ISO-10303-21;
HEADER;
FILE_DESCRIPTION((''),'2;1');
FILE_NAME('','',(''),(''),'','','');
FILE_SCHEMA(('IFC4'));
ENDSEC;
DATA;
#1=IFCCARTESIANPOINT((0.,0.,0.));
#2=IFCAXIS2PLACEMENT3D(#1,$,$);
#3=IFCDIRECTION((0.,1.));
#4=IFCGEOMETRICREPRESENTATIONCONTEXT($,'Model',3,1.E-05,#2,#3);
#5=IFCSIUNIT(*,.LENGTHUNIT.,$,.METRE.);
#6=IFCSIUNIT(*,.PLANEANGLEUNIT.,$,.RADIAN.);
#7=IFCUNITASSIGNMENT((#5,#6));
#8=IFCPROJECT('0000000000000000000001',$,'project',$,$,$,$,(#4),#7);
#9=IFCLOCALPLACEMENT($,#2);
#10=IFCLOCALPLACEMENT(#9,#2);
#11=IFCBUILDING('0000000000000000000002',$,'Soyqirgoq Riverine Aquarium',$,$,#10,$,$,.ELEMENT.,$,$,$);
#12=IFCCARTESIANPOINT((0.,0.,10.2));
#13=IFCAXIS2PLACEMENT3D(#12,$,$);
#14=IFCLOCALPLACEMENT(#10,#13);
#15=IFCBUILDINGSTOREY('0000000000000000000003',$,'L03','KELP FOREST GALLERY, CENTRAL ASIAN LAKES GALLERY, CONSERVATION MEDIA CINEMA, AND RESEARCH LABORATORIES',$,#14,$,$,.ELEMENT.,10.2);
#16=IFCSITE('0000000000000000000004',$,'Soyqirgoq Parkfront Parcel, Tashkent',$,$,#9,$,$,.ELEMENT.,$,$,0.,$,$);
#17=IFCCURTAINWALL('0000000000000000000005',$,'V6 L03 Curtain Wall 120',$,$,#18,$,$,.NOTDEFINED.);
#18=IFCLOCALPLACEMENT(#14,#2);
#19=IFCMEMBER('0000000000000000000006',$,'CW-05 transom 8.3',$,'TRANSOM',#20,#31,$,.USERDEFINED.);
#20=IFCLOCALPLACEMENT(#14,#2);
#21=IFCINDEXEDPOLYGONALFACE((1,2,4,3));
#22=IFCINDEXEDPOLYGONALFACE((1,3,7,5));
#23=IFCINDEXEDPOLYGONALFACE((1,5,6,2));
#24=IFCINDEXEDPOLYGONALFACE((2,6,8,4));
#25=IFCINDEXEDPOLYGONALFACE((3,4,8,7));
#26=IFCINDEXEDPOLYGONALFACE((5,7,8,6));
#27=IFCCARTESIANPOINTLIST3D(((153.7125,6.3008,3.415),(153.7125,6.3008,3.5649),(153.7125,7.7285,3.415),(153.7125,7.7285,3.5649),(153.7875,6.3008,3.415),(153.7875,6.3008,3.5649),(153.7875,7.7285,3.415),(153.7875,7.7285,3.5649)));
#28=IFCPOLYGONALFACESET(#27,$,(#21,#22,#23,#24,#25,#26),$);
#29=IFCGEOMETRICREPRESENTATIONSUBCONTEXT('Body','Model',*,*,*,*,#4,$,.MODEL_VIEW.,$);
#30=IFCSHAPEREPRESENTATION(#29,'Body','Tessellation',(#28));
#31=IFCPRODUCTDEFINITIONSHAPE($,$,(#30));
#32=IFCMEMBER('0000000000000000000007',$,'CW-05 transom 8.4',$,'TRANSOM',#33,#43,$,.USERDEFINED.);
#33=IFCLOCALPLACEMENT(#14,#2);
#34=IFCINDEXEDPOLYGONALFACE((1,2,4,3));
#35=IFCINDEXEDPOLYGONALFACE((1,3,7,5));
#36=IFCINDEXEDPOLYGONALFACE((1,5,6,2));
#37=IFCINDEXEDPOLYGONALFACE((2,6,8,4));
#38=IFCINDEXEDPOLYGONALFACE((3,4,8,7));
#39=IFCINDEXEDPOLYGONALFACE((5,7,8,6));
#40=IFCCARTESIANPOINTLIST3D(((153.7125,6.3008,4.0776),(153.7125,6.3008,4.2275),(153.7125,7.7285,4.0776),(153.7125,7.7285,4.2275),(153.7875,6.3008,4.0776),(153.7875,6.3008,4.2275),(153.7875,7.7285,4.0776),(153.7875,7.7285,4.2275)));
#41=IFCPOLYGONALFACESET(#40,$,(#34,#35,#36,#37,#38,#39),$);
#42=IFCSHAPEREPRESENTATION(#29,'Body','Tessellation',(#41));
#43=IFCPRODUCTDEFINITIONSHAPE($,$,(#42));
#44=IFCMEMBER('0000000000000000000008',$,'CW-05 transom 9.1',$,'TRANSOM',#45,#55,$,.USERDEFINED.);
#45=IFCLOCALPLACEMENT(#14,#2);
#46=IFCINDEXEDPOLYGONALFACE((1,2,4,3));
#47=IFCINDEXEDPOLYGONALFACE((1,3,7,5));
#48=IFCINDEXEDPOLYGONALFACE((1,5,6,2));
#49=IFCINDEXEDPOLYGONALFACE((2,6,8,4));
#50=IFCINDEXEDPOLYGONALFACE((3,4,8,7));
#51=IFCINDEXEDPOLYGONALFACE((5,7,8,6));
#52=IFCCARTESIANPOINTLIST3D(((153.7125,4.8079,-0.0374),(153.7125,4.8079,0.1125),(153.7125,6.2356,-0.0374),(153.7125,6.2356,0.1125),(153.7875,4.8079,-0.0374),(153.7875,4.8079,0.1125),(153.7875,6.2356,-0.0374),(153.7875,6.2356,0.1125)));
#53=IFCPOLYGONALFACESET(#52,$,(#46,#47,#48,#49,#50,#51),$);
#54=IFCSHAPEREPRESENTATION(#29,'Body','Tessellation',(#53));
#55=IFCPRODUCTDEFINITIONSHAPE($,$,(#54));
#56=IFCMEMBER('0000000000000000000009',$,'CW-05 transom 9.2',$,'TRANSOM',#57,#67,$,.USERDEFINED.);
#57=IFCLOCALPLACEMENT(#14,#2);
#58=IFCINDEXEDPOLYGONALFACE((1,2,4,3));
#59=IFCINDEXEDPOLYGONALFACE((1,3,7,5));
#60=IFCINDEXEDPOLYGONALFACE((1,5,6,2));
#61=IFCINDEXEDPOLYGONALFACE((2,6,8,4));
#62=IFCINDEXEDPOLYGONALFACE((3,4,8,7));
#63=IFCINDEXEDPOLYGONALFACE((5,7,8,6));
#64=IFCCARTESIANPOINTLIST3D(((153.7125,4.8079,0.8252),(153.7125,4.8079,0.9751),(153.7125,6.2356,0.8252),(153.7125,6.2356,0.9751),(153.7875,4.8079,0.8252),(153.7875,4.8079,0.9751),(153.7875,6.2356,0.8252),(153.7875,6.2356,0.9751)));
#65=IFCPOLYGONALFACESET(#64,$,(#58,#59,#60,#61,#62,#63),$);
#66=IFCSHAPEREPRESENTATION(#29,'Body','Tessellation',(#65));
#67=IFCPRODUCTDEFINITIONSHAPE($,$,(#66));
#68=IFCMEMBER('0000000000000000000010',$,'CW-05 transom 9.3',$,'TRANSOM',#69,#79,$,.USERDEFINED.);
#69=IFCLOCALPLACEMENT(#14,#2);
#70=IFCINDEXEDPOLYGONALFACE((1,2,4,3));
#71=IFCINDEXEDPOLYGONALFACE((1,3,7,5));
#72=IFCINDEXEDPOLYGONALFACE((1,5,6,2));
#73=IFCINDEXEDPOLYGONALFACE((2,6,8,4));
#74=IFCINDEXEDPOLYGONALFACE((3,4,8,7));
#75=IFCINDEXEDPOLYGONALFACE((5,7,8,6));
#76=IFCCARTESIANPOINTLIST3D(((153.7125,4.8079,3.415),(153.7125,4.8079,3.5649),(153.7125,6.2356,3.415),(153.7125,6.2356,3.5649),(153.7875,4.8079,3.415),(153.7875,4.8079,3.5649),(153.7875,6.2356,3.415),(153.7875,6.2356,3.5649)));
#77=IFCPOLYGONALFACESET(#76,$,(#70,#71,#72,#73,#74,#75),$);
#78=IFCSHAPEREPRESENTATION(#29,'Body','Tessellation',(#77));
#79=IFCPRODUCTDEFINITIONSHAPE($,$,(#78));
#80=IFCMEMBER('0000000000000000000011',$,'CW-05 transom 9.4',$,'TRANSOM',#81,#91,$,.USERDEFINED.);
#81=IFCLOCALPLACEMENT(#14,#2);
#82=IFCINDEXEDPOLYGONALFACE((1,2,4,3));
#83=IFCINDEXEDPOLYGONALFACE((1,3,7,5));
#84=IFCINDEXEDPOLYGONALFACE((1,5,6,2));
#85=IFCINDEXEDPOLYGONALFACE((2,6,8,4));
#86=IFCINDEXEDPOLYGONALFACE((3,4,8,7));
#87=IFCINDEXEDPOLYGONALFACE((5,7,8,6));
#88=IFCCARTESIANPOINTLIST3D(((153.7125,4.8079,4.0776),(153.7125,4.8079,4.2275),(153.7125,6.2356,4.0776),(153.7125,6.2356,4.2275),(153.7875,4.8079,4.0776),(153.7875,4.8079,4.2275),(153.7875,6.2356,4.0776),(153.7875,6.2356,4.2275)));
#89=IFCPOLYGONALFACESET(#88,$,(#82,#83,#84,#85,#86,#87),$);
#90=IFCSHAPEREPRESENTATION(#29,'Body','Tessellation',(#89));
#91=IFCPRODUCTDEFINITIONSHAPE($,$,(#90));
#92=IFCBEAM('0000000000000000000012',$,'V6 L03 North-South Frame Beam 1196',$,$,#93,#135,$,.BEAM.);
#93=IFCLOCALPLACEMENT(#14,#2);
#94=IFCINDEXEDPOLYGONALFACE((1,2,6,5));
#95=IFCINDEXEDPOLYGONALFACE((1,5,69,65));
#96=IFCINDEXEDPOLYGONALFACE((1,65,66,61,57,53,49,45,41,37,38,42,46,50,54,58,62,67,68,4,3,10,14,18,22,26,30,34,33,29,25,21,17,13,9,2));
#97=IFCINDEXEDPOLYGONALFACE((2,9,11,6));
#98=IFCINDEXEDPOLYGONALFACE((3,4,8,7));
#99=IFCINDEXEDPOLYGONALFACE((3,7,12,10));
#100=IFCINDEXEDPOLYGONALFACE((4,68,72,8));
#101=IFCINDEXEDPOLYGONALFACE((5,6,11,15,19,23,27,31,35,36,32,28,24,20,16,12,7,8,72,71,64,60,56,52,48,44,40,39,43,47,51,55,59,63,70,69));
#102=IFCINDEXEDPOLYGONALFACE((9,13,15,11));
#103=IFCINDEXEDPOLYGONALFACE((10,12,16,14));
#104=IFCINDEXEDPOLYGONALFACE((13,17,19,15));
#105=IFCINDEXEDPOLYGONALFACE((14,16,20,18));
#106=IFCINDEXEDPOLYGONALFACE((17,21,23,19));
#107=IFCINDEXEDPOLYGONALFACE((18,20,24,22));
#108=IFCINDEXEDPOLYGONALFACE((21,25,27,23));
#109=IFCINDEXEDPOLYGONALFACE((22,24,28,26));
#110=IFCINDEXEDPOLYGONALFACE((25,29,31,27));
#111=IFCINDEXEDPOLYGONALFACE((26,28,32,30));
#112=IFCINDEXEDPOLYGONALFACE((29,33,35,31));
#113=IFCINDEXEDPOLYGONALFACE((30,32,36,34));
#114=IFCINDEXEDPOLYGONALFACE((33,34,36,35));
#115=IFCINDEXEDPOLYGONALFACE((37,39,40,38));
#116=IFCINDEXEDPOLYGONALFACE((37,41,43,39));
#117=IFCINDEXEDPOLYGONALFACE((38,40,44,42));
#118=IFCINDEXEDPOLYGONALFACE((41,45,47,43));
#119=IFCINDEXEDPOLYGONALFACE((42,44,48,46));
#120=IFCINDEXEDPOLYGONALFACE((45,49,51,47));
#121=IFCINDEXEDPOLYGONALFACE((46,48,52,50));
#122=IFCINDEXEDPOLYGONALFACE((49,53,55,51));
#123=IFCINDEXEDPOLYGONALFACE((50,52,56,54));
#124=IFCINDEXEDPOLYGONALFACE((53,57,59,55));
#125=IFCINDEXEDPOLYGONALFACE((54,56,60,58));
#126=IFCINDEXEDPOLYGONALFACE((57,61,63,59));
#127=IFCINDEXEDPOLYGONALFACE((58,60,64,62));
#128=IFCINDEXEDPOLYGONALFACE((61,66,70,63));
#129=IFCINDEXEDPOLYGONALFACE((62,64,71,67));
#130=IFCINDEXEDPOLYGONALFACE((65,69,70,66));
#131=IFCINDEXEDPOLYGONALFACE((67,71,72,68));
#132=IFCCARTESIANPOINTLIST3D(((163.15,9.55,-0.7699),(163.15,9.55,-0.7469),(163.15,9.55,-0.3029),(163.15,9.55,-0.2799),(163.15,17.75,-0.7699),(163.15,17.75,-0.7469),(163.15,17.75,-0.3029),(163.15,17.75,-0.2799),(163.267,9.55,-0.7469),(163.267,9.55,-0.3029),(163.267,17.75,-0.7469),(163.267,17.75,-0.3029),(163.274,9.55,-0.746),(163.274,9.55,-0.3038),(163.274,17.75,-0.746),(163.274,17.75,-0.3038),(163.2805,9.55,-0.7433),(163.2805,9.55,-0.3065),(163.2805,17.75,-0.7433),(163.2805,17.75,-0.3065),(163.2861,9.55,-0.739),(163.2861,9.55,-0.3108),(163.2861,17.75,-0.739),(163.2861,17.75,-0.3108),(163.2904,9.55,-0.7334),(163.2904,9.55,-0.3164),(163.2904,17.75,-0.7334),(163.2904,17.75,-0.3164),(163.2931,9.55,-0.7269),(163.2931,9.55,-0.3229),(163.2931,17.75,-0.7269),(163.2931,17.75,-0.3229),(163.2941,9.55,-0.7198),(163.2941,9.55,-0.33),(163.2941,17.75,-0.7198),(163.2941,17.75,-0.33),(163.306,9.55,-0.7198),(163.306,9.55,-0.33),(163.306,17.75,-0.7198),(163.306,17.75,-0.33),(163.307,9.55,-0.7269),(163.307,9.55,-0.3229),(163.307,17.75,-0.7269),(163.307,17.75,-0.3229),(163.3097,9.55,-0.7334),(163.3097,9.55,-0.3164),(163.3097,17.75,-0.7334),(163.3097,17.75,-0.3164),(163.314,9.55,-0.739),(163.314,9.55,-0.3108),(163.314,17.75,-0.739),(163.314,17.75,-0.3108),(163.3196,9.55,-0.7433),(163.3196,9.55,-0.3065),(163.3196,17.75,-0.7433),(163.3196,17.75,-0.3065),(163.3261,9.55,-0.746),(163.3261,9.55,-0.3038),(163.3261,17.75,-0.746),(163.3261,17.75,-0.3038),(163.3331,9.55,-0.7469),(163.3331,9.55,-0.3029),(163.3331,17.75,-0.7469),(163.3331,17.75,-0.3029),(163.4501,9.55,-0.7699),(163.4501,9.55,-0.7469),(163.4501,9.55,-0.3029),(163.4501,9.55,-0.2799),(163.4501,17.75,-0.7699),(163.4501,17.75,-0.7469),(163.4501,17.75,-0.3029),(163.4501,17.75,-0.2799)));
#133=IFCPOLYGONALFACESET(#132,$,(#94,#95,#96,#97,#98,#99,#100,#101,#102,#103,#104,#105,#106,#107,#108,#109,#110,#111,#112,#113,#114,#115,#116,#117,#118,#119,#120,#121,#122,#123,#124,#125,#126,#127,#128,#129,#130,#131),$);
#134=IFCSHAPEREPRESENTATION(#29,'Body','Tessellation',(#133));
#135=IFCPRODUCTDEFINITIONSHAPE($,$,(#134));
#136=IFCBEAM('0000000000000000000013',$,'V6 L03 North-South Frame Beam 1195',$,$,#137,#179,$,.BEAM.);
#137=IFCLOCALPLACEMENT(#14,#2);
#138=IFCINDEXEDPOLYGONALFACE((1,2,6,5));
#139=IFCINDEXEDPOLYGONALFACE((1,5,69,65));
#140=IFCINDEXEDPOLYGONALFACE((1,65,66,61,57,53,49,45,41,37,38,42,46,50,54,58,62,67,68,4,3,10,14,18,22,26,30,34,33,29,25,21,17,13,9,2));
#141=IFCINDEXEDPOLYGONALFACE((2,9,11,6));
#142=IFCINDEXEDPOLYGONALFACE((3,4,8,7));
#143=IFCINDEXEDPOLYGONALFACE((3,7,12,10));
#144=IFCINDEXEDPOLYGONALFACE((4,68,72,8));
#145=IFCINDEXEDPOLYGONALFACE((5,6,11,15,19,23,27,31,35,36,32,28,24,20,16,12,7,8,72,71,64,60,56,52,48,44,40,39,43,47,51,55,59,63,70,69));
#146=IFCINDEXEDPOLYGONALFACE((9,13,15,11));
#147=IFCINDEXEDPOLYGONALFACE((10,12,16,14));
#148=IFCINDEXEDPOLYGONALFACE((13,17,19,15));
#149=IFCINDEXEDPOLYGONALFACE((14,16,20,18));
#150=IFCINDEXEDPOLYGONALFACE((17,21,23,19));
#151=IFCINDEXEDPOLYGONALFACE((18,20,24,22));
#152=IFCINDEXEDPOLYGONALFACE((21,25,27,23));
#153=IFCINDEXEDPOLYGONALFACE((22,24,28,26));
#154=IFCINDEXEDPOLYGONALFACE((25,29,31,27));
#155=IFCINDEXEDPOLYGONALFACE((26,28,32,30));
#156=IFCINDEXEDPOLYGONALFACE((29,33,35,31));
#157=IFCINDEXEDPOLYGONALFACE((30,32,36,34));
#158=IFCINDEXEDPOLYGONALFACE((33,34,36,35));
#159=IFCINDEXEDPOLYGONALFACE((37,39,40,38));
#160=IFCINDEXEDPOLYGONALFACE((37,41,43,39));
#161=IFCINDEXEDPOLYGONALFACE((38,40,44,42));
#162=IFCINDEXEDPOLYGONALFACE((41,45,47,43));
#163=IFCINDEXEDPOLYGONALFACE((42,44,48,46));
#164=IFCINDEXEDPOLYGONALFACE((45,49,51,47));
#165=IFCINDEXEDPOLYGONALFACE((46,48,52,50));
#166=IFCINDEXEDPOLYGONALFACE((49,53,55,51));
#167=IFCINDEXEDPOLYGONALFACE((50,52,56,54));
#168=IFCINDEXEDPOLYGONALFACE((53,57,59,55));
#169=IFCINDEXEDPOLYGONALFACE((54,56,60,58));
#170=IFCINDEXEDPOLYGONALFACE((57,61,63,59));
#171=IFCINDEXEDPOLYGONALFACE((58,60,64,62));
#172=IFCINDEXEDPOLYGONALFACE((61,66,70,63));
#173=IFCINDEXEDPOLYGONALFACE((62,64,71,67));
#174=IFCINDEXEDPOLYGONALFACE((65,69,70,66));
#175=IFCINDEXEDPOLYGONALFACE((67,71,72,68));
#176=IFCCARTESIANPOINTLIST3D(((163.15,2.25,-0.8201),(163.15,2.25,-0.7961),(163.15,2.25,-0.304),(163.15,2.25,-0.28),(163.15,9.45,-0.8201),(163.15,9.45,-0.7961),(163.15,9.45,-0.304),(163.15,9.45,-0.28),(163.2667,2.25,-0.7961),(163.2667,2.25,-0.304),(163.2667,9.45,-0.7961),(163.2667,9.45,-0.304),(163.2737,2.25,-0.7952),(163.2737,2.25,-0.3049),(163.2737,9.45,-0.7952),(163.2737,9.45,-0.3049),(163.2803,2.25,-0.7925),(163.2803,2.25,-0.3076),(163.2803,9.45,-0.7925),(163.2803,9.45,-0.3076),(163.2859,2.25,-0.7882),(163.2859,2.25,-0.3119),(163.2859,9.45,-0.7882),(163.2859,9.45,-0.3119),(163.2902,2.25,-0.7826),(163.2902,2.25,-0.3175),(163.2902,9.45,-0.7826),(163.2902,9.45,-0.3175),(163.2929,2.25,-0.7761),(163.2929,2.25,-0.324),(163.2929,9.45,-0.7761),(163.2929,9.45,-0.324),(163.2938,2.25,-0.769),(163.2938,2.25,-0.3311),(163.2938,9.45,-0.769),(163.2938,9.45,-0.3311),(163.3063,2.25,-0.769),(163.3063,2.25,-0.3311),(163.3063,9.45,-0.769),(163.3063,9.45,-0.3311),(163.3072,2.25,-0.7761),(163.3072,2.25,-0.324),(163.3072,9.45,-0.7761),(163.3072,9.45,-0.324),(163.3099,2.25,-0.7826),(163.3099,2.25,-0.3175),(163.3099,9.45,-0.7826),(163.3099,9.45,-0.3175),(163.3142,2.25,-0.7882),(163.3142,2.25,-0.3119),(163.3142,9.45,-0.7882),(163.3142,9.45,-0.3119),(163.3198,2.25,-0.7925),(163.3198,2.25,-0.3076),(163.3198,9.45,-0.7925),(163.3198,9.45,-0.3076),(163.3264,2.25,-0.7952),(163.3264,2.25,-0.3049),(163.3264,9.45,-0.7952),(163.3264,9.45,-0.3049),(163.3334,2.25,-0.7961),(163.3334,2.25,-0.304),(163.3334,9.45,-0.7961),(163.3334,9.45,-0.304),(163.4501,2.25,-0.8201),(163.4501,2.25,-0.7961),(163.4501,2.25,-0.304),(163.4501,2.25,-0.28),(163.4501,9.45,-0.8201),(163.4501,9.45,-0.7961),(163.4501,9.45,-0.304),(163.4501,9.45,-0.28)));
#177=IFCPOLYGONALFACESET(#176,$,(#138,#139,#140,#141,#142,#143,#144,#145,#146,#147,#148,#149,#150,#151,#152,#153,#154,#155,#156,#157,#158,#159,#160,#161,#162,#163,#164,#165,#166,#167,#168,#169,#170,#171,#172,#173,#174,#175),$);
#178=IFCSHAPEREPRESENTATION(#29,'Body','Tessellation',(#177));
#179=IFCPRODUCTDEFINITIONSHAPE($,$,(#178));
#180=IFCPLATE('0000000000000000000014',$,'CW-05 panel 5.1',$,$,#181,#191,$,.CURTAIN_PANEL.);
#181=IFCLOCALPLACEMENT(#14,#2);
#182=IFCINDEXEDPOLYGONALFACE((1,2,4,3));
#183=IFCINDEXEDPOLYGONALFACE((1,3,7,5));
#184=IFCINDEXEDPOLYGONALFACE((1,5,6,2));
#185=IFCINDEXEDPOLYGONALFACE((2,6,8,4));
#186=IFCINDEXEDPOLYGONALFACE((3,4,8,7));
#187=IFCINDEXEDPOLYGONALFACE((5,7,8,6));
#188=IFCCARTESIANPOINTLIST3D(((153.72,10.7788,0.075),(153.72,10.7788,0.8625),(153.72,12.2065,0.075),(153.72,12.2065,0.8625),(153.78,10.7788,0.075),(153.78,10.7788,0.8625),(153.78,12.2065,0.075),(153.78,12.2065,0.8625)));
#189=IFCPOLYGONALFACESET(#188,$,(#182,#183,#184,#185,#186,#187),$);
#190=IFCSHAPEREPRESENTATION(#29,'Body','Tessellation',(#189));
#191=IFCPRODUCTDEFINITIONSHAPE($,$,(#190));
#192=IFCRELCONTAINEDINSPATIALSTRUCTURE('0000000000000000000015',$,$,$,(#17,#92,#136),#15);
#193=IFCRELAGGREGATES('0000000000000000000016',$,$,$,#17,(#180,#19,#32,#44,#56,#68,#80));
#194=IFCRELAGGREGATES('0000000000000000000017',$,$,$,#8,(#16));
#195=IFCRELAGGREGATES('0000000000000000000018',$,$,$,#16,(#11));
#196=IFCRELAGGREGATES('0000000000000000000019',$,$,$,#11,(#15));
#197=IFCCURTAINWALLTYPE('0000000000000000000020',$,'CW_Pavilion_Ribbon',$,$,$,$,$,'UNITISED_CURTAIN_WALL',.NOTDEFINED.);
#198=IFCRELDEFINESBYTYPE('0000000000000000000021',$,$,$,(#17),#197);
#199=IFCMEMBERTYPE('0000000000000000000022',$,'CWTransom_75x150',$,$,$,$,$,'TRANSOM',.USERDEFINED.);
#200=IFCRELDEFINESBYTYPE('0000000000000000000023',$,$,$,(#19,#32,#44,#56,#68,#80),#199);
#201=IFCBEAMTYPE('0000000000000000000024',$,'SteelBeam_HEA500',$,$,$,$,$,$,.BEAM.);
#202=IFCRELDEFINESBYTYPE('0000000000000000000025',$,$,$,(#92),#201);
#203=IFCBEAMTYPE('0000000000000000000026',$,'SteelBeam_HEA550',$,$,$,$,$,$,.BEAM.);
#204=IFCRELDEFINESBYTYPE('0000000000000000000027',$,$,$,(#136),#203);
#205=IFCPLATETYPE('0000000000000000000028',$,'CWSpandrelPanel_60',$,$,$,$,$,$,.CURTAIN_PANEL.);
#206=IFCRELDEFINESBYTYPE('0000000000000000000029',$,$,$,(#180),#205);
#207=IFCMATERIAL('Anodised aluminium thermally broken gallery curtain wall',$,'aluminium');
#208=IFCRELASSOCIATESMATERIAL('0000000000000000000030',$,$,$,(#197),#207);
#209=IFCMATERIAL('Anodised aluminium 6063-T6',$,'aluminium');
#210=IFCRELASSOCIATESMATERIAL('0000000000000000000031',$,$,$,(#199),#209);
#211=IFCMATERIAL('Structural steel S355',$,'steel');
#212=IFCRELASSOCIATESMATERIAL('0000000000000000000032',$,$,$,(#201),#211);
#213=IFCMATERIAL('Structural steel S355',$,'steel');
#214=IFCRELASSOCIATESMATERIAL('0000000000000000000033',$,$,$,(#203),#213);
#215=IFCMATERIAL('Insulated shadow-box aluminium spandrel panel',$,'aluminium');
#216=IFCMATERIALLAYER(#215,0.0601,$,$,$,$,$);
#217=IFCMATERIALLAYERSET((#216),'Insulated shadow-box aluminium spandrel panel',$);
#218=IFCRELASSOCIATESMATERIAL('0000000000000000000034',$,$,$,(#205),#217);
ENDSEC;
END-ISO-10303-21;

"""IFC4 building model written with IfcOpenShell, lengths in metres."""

from ifc_helpers import new_model, si_unit, direction, frame, origin, origin_2d, place, context, subcontext, project, spatial, rectangle, i_section, extrude, material, layer, layer_set, material_profile, profile_set, type_object, element, aggregate, save


model = new_model("IFC4")

# Units and contexts
model_context = context("Model", 3, precision=1e-05, world=origin(), true_north=direction((0.0, 1.0)))
body_context = subcontext(model_context, "Body", "Model", "MODEL_VIEW")
ifc_project = project(units=[si_unit("LENGTHUNIT", "METRE"), si_unit("PLANEANGLEUNIT", "RADIAN")], contexts=[model_context])

# Site, building, storey
site_placement = place(None, origin())
site = spatial("IfcSite", under=ifc_project, at=site_placement, Name="Soyqirgoq Parkfront Parcel, Tashkent", CompositionType="ELEMENT", RefElevation=0.0)
building_placement = place(site_placement, origin())
building = spatial("IfcBuilding", under=site, at=building_placement, Name="Soyqirgoq Riverine Aquarium", CompositionType="ELEMENT")
storey_placement = place(building_placement, frame((0.0, 0.0, 10.2)))
storey = spatial("IfcBuildingStorey", under=building, at=storey_placement, Name="L03", Description="KELP FOREST GALLERY, CENTRAL ASIAN LAKES GALLERY, CONSERVATION MEDIA CINEMA, AND RESEARCH LABORATORIES", CompositionType="ELEMENT", Elevation=10.2)

# Curtain wall, members
ifc_material_1 = material(Name="Anodised aluminium thermally broken gallery curtain wall", Category="aluminium")
curtain_wall_type = type_object("IfcCurtainWallType", Name="CW_Pavilion_Ribbon", ElementType="UNITISED_CURTAIN_WALL", PredefinedType="NOTDEFINED", material=ifc_material_1)
curtain_wall_placement = place(storey_placement, origin())
curtain_wall = element("IfcCurtainWall", 1, at=curtain_wall_placement, inside=storey, type_object=curtain_wall_type, Name="V6 L03 Curtain Wall 120", PredefinedType="NOTDEFINED")
ifc_material_2 = material(Name="Anodised aluminium 6063-T6", Category="aluminium")
ifc_material_profile_1 = material_profile(ifc_material_2, rectangle(XDim=0.075, YDim=0.1499, at=origin_2d()), Name="ALU-T 75x150")
ifc_profile_set_1 = profile_set([ifc_material_profile_1], Name="Anodised aluminium 6063-T6")
member_type_1 = type_object("IfcMemberType", Name="CWTransom_75x150", ElementType="TRANSOM", PredefinedType="USERDEFINED", material=ifc_profile_set_1)
member_1_placement = place(storey_placement, frame((153.75, 7.7285, 3.49), z_axis=(0.0, -1.0, 0.0), x_axis=(1.0, 0.0, 0.0)))
member_1 = element("IfcMember", 2, at=member_1_placement, type_object=member_type_1, Name="CW-05 transom 8.3", ObjectType="TRANSOM", PredefinedType="USERDEFINED", context=body_context, shape_type="SweptSolid", body=[
    extrude(rectangle(XDim=0.075, YDim=0.1499, at=origin_2d()), origin(), (0.0, 0.0, 1.0), 1.4277),
])
member_2_placement = place(storey_placement, frame((153.75, 7.7285, 4.1526), z_axis=(0.0, -1.0, 0.0), x_axis=(1.0, 0.0, 0.0)))
member_2 = element("IfcMember", 3, at=member_2_placement, type_object=member_type_1, Name="CW-05 transom 8.4", ObjectType="TRANSOM", PredefinedType="USERDEFINED", context=body_context, shape_type="SweptSolid", body=[
    extrude(rectangle(XDim=0.075, YDim=0.1499, at=origin_2d()), origin(), (0.0, 0.0, 1.0), 1.4277),
])
member_3_placement = place(storey_placement, frame((153.75, 6.2356, 0.0376), z_axis=(0.0, -1.0, 0.0), x_axis=(1.0, 0.0, 0.0)))
member_3 = element("IfcMember", 4, at=member_3_placement, type_object=member_type_1, Name="CW-05 transom 9.1", ObjectType="TRANSOM", PredefinedType="USERDEFINED", context=body_context, shape_type="SweptSolid", body=[
    extrude(rectangle(XDim=0.075, YDim=0.1499, at=origin_2d()), origin(), (0.0, 0.0, 1.0), 1.4277),
])
member_4_placement = place(storey_placement, frame((153.75, 6.2356, 0.9001), z_axis=(0.0, -1.0, 0.0), x_axis=(1.0, 0.0, 0.0)))
member_4 = element("IfcMember", 5, at=member_4_placement, type_object=member_type_1, Name="CW-05 transom 9.2", ObjectType="TRANSOM", PredefinedType="USERDEFINED", context=body_context, shape_type="SweptSolid", body=[
    extrude(rectangle(XDim=0.075, YDim=0.1499, at=origin_2d()), origin(), (0.0, 0.0, 1.0), 1.4277),
])
member_5_placement = place(storey_placement, frame((153.75, 6.2356, 3.49), z_axis=(0.0, -1.0, 0.0), x_axis=(1.0, 0.0, 0.0)))
member_5 = element("IfcMember", 6, at=member_5_placement, type_object=member_type_1, Name="CW-05 transom 9.3", ObjectType="TRANSOM", PredefinedType="USERDEFINED", context=body_context, shape_type="SweptSolid", body=[
    extrude(rectangle(XDim=0.075, YDim=0.1499, at=origin_2d()), origin(), (0.0, 0.0, 1.0), 1.4277),
])
member_6_placement = place(storey_placement, frame((153.75, 6.2356, 4.1526), z_axis=(0.0, -1.0, 0.0), x_axis=(1.0, 0.0, 0.0)))
member_6 = element("IfcMember", 7, at=member_6_placement, type_object=member_type_1, Name="CW-05 transom 9.4", ObjectType="TRANSOM", PredefinedType="USERDEFINED", context=body_context, shape_type="SweptSolid", body=[
    extrude(rectangle(XDim=0.075, YDim=0.1499, at=origin_2d()), origin(), (0.0, 0.0, 1.0), 1.4277),
])

# Beams
ifc_material_3 = material(Name="Structural steel S355", Category="steel")
ifc_material_profile_2 = material_profile(ifc_material_3, i_section(OverallWidth=0.3, OverallDepth=0.49, WebThickness=0.012, FlangeThickness=0.0229, FilletRadius=0.0271, at=origin_2d()), Name="HEA 500")
ifc_profile_set_2 = profile_set([ifc_material_profile_2], Name="Structural steel S355")
beam_type_1 = type_object("IfcBeamType", Name="SteelBeam_HEA500", PredefinedType="BEAM", material=ifc_profile_set_2)
beam_1_placement = place(storey_placement, frame((163.3, 9.55, -0.5249), z_axis=(0.0, 1.0, 0.0), x_axis=(-1.0, 0.0, 0.0)))
element("IfcBeam", 8, at=beam_1_placement, inside=storey, type_object=beam_type_1, Name="V6 L03 North-South Frame Beam 1196", PredefinedType="BEAM", context=body_context, shape_type="SweptSolid", body=[
    extrude(i_section(OverallWidth=0.3, OverallDepth=0.49, WebThickness=0.012, FlangeThickness=0.0229, FilletRadius=0.0271, at=origin_2d()), origin(), (0.0, 0.0, 1.0), 8.2),
])
ifc_material_4 = material(Name="Structural steel S355", Category="steel")
ifc_material_profile_3 = material_profile(ifc_material_4, i_section(OverallWidth=0.3, OverallDepth=0.54, WebThickness=0.0125, FlangeThickness=0.0239, FilletRadius=0.0271, at=origin_2d()), Name="HEA 550")
ifc_profile_set_3 = profile_set([ifc_material_profile_3], Name="Structural steel S355")
beam_type_2 = type_object("IfcBeamType", Name="SteelBeam_HEA550", PredefinedType="BEAM", material=ifc_profile_set_3)
beam_2_placement = place(storey_placement, frame((163.3, 2.25, -0.55), z_axis=(0.0, 1.0, 0.0), x_axis=(-1.0, 0.0, 0.0)))
element("IfcBeam", 9, at=beam_2_placement, inside=storey, type_object=beam_type_2, Name="V6 L03 North-South Frame Beam 1195", PredefinedType="BEAM", context=body_context, shape_type="SweptSolid", body=[
    extrude(i_section(OverallWidth=0.3, OverallDepth=0.54, WebThickness=0.0125, FlangeThickness=0.0239, FilletRadius=0.0271, at=origin_2d()), origin(), (0.0, 0.0, 1.0), 7.2),
])

# Plate
ifc_material_5 = material(Name="Insulated shadow-box aluminium spandrel panel", Category="aluminium")
ifc_layer = layer(ifc_material_5, 0.0601)
ifc_layer_set = layer_set([ifc_layer], Name="Insulated shadow-box aluminium spandrel panel")
plate_type = type_object("IfcPlateType", Name="CWSpandrelPanel_60", PredefinedType="CURTAIN_PANEL", material=ifc_layer_set)
plate_1_placement = place(storey_placement, frame((153.75, 11.4927, 0.075), z_axis=(0.0, 0.0, 1.0), x_axis=(0.0, -1.0, 0.0)))
plate_1 = element("IfcPlate", 10, at=plate_1_placement, type_object=plate_type, Name="CW-05 panel 5.1", PredefinedType="CURTAIN_PANEL", context=body_context, shape_type="SweptSolid", body=[
    extrude(rectangle(XDim=1.4277, YDim=0.0601, at=origin_2d()), origin(), (0.0, 0.0, 1.0), 0.7876),
])
aggregate(curtain_wall, [plate_1, member_1, member_2, member_3, member_4, member_5, member_6])

save(model, "model.ifc")
